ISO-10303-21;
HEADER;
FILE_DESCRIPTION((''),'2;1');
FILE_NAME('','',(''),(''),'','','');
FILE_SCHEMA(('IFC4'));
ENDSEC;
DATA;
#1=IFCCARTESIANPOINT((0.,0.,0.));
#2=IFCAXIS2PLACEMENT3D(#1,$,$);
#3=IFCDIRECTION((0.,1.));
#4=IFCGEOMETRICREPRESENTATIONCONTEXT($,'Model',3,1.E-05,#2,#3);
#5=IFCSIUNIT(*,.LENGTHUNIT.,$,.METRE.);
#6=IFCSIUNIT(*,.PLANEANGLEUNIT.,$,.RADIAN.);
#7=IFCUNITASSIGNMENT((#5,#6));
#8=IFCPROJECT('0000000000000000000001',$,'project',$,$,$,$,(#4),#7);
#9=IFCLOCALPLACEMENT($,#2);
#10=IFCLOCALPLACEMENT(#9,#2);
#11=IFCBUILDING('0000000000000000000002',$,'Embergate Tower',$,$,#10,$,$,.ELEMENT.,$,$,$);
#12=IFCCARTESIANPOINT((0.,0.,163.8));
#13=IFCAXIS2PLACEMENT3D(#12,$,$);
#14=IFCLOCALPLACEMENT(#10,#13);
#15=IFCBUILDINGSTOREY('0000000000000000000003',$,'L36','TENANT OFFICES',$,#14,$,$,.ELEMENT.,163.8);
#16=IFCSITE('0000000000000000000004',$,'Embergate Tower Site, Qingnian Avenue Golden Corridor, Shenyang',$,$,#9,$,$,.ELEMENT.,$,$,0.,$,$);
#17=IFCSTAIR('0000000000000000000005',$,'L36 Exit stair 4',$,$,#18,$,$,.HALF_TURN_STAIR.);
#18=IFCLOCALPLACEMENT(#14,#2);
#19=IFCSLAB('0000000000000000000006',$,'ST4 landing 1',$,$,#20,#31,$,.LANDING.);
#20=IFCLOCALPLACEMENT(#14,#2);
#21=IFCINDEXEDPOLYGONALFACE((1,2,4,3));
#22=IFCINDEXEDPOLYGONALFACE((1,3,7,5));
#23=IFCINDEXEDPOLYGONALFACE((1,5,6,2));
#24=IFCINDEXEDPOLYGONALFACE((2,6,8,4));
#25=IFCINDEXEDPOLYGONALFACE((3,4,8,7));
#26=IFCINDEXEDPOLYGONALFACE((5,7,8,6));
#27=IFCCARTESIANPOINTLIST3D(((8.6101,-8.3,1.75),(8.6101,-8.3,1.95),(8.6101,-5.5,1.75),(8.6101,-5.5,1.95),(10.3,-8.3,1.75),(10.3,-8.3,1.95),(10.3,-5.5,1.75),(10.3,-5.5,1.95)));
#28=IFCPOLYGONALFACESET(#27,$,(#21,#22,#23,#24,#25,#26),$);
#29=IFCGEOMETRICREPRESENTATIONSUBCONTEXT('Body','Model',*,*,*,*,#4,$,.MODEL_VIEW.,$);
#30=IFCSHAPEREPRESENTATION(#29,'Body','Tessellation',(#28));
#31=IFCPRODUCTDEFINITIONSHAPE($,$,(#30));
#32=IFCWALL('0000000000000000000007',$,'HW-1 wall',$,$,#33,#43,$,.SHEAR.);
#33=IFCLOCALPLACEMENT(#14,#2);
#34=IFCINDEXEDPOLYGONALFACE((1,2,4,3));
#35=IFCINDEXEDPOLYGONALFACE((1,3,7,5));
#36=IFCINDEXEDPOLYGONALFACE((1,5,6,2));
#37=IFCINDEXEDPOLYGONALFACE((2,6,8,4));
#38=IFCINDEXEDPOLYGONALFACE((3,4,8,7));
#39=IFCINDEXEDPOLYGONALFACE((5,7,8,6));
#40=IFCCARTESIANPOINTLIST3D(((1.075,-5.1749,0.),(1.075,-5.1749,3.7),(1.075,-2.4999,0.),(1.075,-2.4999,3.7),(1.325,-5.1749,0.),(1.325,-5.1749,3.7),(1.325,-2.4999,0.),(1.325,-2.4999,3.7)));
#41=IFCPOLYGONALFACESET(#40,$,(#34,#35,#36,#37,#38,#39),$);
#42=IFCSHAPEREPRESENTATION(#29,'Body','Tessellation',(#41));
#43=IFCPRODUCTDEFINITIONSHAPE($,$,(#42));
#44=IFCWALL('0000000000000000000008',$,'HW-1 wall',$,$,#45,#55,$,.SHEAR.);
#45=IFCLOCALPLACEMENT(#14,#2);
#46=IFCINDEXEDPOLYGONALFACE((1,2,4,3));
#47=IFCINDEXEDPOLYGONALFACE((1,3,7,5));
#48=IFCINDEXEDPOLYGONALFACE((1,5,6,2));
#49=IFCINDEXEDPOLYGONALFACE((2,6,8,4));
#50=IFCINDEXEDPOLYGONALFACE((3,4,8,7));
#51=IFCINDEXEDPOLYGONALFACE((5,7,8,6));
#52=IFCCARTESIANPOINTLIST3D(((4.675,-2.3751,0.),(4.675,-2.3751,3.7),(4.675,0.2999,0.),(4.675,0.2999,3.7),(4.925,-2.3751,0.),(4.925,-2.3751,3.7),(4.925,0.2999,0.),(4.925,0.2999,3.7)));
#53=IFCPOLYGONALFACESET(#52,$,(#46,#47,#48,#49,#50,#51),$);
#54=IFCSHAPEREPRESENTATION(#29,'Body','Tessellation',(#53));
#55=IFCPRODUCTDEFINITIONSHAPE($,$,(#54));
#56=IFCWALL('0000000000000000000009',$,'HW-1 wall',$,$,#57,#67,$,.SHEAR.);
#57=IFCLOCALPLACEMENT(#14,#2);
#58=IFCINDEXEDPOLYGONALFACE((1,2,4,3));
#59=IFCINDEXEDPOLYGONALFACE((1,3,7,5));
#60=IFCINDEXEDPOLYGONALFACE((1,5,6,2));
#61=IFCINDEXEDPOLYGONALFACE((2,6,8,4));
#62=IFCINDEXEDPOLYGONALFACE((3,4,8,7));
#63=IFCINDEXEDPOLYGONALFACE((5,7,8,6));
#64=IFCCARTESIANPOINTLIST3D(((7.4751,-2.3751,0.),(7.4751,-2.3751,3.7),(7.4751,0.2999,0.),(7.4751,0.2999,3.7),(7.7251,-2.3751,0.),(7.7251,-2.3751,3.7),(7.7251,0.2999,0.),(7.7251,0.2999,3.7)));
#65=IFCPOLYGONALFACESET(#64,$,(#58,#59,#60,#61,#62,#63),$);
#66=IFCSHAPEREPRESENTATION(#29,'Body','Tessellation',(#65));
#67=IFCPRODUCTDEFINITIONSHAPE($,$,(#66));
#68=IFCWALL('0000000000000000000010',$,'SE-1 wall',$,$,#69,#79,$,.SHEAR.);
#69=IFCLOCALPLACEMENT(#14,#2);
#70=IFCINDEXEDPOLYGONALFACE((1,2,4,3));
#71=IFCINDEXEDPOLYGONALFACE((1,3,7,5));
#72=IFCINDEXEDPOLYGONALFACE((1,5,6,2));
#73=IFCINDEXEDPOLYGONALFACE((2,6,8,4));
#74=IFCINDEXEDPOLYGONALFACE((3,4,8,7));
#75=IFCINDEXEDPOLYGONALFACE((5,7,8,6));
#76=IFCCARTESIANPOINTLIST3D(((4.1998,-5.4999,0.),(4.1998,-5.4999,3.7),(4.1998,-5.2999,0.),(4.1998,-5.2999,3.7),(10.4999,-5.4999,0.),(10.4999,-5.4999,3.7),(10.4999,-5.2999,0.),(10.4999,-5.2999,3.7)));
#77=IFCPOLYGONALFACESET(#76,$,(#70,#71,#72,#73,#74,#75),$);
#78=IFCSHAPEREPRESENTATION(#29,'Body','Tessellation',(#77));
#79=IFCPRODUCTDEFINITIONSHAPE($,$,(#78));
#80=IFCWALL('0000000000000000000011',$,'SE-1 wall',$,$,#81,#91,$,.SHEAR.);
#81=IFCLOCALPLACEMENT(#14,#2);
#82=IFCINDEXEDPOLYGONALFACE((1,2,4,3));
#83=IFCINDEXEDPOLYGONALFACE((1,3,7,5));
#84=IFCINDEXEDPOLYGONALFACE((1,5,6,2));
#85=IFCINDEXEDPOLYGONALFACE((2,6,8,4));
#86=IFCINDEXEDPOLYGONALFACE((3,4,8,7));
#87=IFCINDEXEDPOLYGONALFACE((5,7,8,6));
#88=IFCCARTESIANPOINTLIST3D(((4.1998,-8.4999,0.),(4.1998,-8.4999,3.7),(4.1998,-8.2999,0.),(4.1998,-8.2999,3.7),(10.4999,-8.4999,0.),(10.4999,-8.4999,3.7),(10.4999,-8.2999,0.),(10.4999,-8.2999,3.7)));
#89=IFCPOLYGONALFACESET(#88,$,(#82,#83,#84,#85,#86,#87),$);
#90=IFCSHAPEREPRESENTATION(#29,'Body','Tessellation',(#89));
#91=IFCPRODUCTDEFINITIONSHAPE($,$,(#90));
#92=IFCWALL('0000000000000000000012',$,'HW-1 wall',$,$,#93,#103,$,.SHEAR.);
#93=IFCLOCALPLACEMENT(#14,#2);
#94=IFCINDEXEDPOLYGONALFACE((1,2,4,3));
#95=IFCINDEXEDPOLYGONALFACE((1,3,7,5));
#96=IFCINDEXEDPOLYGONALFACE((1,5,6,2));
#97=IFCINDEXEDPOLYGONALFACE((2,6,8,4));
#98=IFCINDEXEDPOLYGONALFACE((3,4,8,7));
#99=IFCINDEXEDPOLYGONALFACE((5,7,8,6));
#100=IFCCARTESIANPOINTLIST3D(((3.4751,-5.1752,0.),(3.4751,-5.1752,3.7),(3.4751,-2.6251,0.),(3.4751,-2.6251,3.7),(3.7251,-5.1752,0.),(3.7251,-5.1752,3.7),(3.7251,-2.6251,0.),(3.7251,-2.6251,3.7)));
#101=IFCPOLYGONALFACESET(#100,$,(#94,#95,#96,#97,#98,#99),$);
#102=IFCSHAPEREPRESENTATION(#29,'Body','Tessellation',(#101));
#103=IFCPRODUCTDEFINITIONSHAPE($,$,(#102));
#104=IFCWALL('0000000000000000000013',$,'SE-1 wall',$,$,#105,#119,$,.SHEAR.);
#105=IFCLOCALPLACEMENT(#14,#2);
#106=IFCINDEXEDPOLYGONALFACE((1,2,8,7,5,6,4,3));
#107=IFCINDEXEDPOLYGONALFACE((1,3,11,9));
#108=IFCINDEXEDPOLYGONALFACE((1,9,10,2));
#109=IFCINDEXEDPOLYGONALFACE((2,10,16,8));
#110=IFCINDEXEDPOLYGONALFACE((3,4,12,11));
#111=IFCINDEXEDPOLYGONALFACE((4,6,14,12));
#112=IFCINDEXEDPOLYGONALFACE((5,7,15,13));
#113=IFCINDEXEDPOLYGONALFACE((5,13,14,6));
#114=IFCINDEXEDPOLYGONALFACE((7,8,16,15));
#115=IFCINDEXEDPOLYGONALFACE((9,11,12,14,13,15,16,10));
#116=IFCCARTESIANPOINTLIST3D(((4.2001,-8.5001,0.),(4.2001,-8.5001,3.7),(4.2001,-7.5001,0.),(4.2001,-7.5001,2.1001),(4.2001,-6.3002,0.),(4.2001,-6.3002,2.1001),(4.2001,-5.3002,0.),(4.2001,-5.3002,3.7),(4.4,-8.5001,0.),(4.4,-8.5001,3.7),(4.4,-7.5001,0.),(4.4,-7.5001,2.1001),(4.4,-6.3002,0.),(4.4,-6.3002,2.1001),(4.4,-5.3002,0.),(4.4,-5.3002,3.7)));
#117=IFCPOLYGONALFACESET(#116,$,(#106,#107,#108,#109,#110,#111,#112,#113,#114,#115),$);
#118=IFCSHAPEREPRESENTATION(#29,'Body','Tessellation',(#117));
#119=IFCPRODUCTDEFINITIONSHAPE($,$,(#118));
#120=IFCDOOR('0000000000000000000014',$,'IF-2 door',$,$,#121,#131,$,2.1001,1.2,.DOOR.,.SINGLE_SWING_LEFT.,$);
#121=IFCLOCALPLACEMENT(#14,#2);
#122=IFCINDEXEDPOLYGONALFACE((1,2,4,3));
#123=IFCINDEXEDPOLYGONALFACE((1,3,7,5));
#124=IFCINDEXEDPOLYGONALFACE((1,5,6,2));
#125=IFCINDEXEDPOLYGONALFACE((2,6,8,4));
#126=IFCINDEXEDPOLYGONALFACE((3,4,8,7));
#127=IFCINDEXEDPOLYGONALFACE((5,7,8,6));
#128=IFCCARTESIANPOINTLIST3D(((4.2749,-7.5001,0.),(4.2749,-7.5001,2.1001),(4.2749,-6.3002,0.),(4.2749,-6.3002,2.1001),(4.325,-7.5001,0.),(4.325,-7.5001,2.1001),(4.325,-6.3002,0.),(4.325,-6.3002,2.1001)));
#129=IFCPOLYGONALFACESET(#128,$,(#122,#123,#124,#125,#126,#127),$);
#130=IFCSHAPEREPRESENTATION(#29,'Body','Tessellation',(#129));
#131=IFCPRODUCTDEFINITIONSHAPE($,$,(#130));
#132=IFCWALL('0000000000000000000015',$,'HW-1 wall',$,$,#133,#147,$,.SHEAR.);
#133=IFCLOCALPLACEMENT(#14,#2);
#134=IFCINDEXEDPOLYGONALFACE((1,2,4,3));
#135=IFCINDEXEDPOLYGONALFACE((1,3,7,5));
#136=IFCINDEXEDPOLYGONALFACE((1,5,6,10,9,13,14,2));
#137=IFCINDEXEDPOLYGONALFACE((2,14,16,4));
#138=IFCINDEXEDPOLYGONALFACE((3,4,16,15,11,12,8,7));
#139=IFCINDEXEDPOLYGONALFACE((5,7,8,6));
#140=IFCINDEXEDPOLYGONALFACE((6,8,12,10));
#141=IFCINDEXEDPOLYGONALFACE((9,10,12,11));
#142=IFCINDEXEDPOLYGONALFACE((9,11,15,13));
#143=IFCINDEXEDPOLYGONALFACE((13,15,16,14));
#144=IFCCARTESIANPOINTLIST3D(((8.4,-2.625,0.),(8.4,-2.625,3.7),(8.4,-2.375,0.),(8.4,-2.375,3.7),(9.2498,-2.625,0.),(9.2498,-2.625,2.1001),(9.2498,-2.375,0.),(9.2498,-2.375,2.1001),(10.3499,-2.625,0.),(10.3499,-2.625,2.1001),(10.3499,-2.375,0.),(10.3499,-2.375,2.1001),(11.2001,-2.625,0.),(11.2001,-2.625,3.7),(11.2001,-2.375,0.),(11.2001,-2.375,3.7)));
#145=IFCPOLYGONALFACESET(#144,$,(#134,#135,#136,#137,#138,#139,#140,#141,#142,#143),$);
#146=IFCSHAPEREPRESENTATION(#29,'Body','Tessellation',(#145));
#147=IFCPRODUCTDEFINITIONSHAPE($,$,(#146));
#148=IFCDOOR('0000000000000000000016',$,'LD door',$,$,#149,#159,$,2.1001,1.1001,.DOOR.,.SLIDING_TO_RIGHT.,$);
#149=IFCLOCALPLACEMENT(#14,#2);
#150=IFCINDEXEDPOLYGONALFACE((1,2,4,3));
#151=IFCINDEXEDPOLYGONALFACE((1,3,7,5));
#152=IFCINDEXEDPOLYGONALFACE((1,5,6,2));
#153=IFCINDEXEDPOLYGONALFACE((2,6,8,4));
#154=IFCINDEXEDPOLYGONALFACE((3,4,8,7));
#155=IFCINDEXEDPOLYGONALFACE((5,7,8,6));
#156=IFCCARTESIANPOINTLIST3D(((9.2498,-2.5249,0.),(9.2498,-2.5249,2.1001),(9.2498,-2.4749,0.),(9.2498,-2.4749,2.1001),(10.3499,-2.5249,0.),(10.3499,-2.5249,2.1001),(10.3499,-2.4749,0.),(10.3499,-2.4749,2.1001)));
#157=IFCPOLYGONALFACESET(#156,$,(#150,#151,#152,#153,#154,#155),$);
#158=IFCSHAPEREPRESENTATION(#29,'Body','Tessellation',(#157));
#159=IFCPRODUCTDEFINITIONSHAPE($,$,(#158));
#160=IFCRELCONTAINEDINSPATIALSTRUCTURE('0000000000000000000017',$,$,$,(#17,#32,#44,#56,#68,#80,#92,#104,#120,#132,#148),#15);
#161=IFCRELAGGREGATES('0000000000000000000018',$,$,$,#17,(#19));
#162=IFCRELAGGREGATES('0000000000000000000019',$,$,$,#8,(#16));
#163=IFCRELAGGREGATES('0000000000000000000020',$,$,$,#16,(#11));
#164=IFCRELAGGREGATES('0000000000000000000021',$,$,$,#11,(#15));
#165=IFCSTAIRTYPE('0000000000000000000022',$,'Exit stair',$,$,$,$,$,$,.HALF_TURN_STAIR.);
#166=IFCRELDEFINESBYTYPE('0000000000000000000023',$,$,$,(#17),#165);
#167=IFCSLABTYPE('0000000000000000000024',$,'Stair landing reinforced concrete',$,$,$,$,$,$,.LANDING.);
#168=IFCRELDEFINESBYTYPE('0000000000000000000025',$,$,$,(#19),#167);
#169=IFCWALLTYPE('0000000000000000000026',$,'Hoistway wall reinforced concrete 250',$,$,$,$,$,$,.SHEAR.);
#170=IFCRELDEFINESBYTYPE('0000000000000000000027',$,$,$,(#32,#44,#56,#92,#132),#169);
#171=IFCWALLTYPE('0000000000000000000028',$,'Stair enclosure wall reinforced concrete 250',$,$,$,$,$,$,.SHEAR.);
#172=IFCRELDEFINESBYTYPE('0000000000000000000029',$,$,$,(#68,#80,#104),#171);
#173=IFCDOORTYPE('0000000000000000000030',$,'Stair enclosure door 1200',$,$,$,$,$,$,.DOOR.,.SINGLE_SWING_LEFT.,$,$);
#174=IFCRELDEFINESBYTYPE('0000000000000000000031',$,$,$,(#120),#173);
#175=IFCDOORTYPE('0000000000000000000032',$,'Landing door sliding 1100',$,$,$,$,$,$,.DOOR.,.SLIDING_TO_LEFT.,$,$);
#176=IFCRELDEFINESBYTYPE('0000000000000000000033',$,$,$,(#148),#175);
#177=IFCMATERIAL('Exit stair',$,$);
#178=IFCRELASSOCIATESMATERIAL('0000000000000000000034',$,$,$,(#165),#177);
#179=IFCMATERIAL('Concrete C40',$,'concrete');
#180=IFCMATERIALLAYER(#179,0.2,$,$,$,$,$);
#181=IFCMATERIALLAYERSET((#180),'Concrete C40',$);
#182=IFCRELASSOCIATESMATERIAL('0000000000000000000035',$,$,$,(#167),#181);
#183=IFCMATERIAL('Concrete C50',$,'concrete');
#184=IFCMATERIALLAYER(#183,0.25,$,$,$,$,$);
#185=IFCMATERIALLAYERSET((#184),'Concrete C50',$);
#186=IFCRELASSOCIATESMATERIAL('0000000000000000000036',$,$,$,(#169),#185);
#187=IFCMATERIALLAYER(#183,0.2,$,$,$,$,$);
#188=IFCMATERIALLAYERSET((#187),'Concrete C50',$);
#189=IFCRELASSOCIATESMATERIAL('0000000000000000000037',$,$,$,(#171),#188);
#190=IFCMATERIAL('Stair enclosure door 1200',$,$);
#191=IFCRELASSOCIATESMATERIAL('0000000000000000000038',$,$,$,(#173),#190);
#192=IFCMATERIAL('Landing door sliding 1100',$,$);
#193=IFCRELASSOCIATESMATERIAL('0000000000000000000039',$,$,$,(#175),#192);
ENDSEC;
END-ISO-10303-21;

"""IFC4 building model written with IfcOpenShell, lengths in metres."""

from ifc_helpers import new_model, si_unit, direction, frame, frame_2d, origin, place, context, subcontext, project, spatial, polyline, rectangle, outline, extrude, source, transform, mapped, material, layer, layer_set, type_object, element, fill, aggregate, save


model = new_model("IFC4")

# Units and contexts
model_context = context("Model", 3, precision=1e-05, world=origin(), true_north=direction((0.0, 1.0)))
body_context = subcontext(model_context, "Body", "Model", "MODEL_VIEW")
ifc_project = project(units=[si_unit("LENGTHUNIT", "METRE"), si_unit("PLANEANGLEUNIT", "RADIAN")], contexts=[model_context])

# Site, building, storey
site_placement = place(None, origin())
site = spatial("IfcSite", under=ifc_project, at=site_placement, Name="Embergate Tower Site, Qingnian Avenue Golden Corridor, Shenyang", CompositionType="ELEMENT", RefElevation=0.0)
building_placement = place(site_placement, origin())
building = spatial("IfcBuilding", under=site, at=building_placement, Name="Embergate Tower", CompositionType="ELEMENT")
storey_placement = place(building_placement, frame((0.0, 0.0, 163.8)))
storey = spatial("IfcBuildingStorey", under=building, at=storey_placement, Name="L36", Description="TENANT OFFICES", CompositionType="ELEMENT", Elevation=163.8)

# Stair, slab
ifc_material_1 = material(Name="Exit stair")
stair_type = type_object("IfcStairType", Name="Exit stair", PredefinedType="HALF_TURN_STAIR", material=ifc_material_1)
stair_placement = place(storey_placement, origin())
stair = element("IfcStair", 1, at=stair_placement, inside=storey, type_object=stair_type, Name="L36 Exit stair 4", PredefinedType="HALF_TURN_STAIR")
ifc_material_2 = material(Name="Concrete C40", Category="concrete")
ifc_layer_1 = layer(ifc_material_2, 0.2)
ifc_layer_set_1 = layer_set([ifc_layer_1], Name="Concrete C40")
slab_type = type_object("IfcSlabType", Name="Stair landing reinforced concrete", PredefinedType="LANDING", material=ifc_layer_set_1)
shared_shape_1 = source(origin(), body_context, "Body", "SweptSolid", [
    extrude(outline(polyline([(0.0, 0.0), (1.6899, 0.0), (1.6899, 2.8), (0.0, 2.8), (0.0, 0.0)])), origin(), (0.0, 0.0, 1.0), 0.2),
])
slab_placement = place(storey_placement, frame((8.6101, -8.3, 1.75)))
slab = element("IfcSlab", 2, at=slab_placement, type_object=slab_type, Name="ST4 landing 1", PredefinedType="LANDING", context=body_context, shape_type="MappedRepresentation", body=[
    mapped(shared_shape_1, transform((0.0, 0.0, 0.0))),
])

# Walls
ifc_material_3 = material(Name="Concrete C50", Category="concrete")
ifc_layer_2 = layer(ifc_material_3, 0.25)
ifc_layer_set_2 = layer_set([ifc_layer_2], Name="Concrete C50")
wall_type_1 = type_object("IfcWallType", Name="Hoistway wall reinforced concrete 250", PredefinedType="SHEAR", material=ifc_layer_set_2)
shared_shape_2 = source(origin(), body_context, "Body", "SweptSolid", [
    extrude(rectangle(XDim=2.675, YDim=0.25, at=frame_2d((1.3374, 0.0))), origin(), (0.0, 0.0, 1.0), 3.7),
])
for number, where, z_axis, x_axis, name in (
    (3, (1.2, -2.5, 0.0), (0.0, 0.0, 1.0), (0.0, -1.0, 0.0), "HW-1 wall"),
    (4, (4.8, -2.375, 0.0), (0.0, 0.0, 1.0), (0.0, 1.0, 0.0), "HW-1 wall"),
    (5, (7.6001, -2.375, 0.0), (0.0, 0.0, 1.0), (0.0, 1.0, 0.0), "HW-1 wall"),
):
    element("IfcWall", number, at=place(storey_placement, frame(where, z_axis=z_axis, x_axis=x_axis)), inside=storey, type_object=wall_type_1, Name=name, PredefinedType="SHEAR", context=body_context, shape_type="MappedRepresentation", body=[
        mapped(shared_shape_2, transform((0.0, 0.0, 0.0))),
    ])
ifc_layer_3 = layer(ifc_material_3, 0.2)
ifc_layer_set_3 = layer_set([ifc_layer_3], Name="Concrete C50")
wall_type_2 = type_object("IfcWallType", Name="Stair enclosure wall reinforced concrete 250", PredefinedType="SHEAR", material=ifc_layer_set_3)
shared_shape_3 = source(origin(), body_context, "Body", "SweptSolid", [
    extrude(rectangle(XDim=6.3, YDim=0.2, at=frame_2d((3.1499, 0.0))), origin(), (0.0, 0.0, 1.0), 3.7),
])
for number, where, z_axis, x_axis, name in (
    (6, (4.2, -5.3999, 0.0), (0.0, 0.0, 1.0), (1.0, 0.0, 0.0), "SE-1 wall"),
    (7, (4.2, -8.3999, 0.0), (0.0, 0.0, 1.0), (1.0, 0.0, 0.0), "SE-1 wall"),
):
    element("IfcWall", number, at=place(storey_placement, frame(where, z_axis=z_axis, x_axis=x_axis)), inside=storey, type_object=wall_type_2, Name=name, PredefinedType="SHEAR", context=body_context, shape_type="MappedRepresentation", body=[
        mapped(shared_shape_3, transform((0.0, 0.0, 0.0))),
    ])
shared_shape_4 = source(origin(), body_context, "Body", "SweptSolid", [
    extrude(rectangle(XDim=2.55, YDim=0.25, at=frame_2d((1.2749, 0.0))), origin(), (0.0, 0.0, 1.0), 3.7),
])
wall_1_placement = place(storey_placement, frame((3.6001, -5.175, 0.0), z_axis=(0.0, 0.0, 1.0), x_axis=(0.0, 1.0, 0.0)))
element("IfcWall", 8, at=wall_1_placement, inside=storey, type_object=wall_type_1, Name="HW-1 wall", PredefinedType="SHEAR", context=body_context, shape_type="MappedRepresentation", body=[
    mapped(shared_shape_4, transform((0.0, 0.0, 0.0))),
])

# Walls, openings, doors
shared_shape_5 = source(origin(), body_context, "Body", "SweptSolid", [
    extrude(rectangle(XDim=3.2, YDim=0.2, at=frame_2d((1.6001, 0.0))), origin(), (0.0, 0.0, 1.0), 3.7),
])
wall_2_placement = place(storey_placement, frame((4.3, -5.3, 0.0), z_axis=(0.0, 0.0, 1.0), x_axis=(0.0, -1.0, 0.0)))
wall_2 = element("IfcWall", 9, at=wall_2_placement, inside=storey, type_object=wall_type_2, Name="SE-1 wall", PredefinedType="SHEAR", context=body_context, shape_type="MappedRepresentation", body=[
    mapped(shared_shape_5, transform((0.0, 0.0, 0.0))),
])
shared_shape_6 = source(origin(), body_context, "Body", "SweptSolid", [
    extrude(rectangle(XDim=1.2, YDim=2.1001, at=frame_2d((0.6001, 1.05))), frame((0.0, 0.1099, 0.0), z_axis=(0.0, -1.0, 0.0), x_axis=(1.0, 0.0, 0.0)), (0.0, 0.0, 1.0), 0.22),
])
opening_1_placement = place(wall_2_placement, frame((1.0, 0.0, 0.0)))
opening_1 = element("IfcOpeningElement", 10, at=opening_1_placement, cuts=wall_2, PredefinedType="OPENING", context=body_context, shape_type="MappedRepresentation", body=[
    mapped(shared_shape_6, transform((0.0, 0.0, 0.0))),
])
ifc_material_4 = material(Name="Stair enclosure door 1200")
door_type_1 = type_object("IfcDoorType", Name="Stair enclosure door 1200", OperationType="SINGLE_SWING_LEFT", PredefinedType="DOOR", material=ifc_material_4)
shared_shape_7 = source(origin(), body_context, "Body", "SweptSolid", [
    extrude(rectangle(XDim=1.2, YDim=2.1001, at=frame_2d((0.6001, 1.05))), frame((0.0, 0.0249, 0.0), z_axis=(0.0, -1.0, 0.0), x_axis=(1.0, 0.0, 0.0)), (0.0, 0.0, 1.0), 0.05),
])
door_1_placement = place(opening_1_placement, origin())
door_1 = element("IfcDoor", 11, at=door_1_placement, inside=storey, type_object=door_type_1, Name="IF-2 door", OperationType="SINGLE_SWING_LEFT", OverallHeight=2.1001, OverallWidth=1.2, PredefinedType="DOOR", context=body_context, shape_type="MappedRepresentation", body=[
    mapped(shared_shape_7, transform((0.0, 0.0, 0.0))),
])
fill(opening_1, door_1)
shared_shape_8 = source(origin(), body_context, "Body", "SweptSolid", [
    extrude(rectangle(XDim=2.8, YDim=0.25, at=frame_2d((1.3999, 0.0))), origin(), (0.0, 0.0, 1.0), 3.7),
])
wall_3_placement = place(storey_placement, frame((11.2, -2.5, 0.0), z_axis=(0.0, 0.0, 1.0), x_axis=(-1.0, 0.0, 0.0)))
wall_3 = element("IfcWall", 12, at=wall_3_placement, inside=storey, type_object=wall_type_1, Name="HW-1 wall", PredefinedType="SHEAR", context=body_context, shape_type="MappedRepresentation", body=[
    mapped(shared_shape_8, transform((0.0, 0.0, 0.0))),
])
shared_shape_9 = source(origin(), body_context, "Body", "SweptSolid", [
    extrude(rectangle(XDim=1.1001, YDim=2.1001, at=frame_2d((0.55, 1.05))), frame((0.0, 0.135, 0.0), z_axis=(0.0, -1.0, 0.0), x_axis=(1.0, 0.0, 0.0)), (0.0, 0.0, 1.0), 0.27),
])
opening_2_placement = place(wall_3_placement, frame((0.8501, 0.0, 0.0)))
opening_2 = element("IfcOpeningElement", 13, at=opening_2_placement, cuts=wall_3, PredefinedType="OPENING", context=body_context, shape_type="MappedRepresentation", body=[
    mapped(shared_shape_9, transform((0.0, 0.0, 0.0))),
])
ifc_material_5 = material(Name="Landing door sliding 1100")
door_type_2 = type_object("IfcDoorType", Name="Landing door sliding 1100", OperationType="SLIDING_TO_LEFT", PredefinedType="DOOR", material=ifc_material_5)
shared_shape_10 = source(origin(), body_context, "Body", "SweptSolid", [
    extrude(rectangle(XDim=1.1001, YDim=2.1001, at=frame_2d((0.55, 1.05))), frame((0.0, 0.0249, 0.0), z_axis=(0.0, -1.0, 0.0), x_axis=(1.0, 0.0, 0.0)), (0.0, 0.0, 1.0), 0.05),
])
door_2_placement = place(opening_2_placement, origin())
door_2 = element("IfcDoor", 14, at=door_2_placement, inside=storey, type_object=door_type_2, Name="LD door", OperationType="SLIDING_TO_RIGHT", OverallHeight=2.1001, OverallWidth=1.1001, PredefinedType="DOOR", context=body_context, shape_type="MappedRepresentation", body=[
    mapped(shared_shape_10, transform((0.0, 0.0, 0.0))),
])
fill(opening_2, door_2)

aggregate(stair, [slab])

save(model, "model.ifc")
